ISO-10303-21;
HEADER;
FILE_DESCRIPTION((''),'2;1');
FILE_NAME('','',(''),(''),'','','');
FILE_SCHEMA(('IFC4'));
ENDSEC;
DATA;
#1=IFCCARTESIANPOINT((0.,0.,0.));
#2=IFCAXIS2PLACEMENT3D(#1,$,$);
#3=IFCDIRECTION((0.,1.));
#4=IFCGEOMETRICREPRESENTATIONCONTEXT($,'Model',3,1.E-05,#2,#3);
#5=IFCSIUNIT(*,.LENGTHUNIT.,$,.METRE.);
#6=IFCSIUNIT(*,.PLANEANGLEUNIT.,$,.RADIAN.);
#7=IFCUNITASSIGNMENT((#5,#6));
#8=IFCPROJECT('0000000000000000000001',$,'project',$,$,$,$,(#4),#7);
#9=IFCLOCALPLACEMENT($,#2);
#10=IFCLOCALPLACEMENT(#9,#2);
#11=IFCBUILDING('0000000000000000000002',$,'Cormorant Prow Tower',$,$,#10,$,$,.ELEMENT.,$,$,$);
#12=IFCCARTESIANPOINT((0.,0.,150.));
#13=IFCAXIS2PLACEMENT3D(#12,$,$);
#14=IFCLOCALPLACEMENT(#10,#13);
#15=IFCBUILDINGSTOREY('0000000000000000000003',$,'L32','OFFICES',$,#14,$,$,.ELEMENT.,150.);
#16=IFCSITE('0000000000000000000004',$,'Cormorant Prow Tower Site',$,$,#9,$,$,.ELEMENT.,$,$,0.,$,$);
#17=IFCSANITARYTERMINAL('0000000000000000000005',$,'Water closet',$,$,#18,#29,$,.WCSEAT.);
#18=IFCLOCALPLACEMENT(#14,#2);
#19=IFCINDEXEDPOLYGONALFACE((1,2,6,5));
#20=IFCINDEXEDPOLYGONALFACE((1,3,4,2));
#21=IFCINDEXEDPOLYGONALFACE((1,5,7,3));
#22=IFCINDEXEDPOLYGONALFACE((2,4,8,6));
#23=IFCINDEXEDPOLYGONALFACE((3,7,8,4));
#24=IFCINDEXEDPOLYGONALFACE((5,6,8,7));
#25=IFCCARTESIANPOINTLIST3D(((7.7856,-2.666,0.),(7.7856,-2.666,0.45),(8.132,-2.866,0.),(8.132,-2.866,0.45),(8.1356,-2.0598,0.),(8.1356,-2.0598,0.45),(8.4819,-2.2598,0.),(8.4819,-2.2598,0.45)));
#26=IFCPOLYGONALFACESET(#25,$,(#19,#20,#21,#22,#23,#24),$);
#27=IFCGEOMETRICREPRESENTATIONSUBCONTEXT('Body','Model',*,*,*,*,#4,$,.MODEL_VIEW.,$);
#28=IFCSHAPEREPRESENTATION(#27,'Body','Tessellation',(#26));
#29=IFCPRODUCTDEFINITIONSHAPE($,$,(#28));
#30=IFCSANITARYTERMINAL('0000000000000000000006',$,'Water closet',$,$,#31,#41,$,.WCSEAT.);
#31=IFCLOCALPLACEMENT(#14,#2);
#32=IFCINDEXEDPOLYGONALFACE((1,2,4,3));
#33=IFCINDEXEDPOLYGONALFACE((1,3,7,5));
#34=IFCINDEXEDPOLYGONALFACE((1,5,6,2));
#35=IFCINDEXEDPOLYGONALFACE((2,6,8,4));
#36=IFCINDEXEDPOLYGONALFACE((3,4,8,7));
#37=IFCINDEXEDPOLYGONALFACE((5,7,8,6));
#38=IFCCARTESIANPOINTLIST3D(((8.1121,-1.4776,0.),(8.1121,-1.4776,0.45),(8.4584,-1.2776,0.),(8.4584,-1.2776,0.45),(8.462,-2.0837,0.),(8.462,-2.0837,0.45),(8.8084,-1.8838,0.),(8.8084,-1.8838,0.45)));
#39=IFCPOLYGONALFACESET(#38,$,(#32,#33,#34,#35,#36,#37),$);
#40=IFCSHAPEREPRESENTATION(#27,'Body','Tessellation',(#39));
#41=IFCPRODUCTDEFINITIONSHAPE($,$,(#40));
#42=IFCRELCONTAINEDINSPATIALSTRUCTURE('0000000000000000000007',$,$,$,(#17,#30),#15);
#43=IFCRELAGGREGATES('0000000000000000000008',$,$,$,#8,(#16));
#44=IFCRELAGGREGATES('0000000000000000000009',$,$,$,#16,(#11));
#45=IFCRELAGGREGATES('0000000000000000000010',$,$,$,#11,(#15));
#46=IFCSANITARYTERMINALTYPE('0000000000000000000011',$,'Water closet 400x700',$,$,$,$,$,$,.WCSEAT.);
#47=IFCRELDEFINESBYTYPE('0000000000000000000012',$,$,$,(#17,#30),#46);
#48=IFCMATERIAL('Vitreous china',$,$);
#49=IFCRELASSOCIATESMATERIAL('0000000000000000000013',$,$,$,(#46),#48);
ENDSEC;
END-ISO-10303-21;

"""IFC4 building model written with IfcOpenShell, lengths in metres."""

from ifc_helpers import new_model, si_unit, direction, frame, origin, origin_2d, place, context, subcontext, project, spatial, rectangle, extrude, material, type_object, element, save


model = new_model("IFC4")

# Units and contexts
model_context = context("Model", 3, precision=1e-05, world=origin(), true_north=direction((0.0, 1.0)))
body_context = subcontext(model_context, "Body", "Model", "MODEL_VIEW")
ifc_project = project(units=[si_unit("LENGTHUNIT", "METRE"), si_unit("PLANEANGLEUNIT", "RADIAN")], contexts=[model_context])

# Site, building, storey
site_placement = place(None, origin())
site = spatial("IfcSite", under=ifc_project, at=site_placement, Name="Cormorant Prow Tower Site", CompositionType="ELEMENT", RefElevation=0.0)
building_placement = place(site_placement, origin())
building = spatial("IfcBuilding", under=site, at=building_placement, Name="Cormorant Prow Tower", CompositionType="ELEMENT")
storey_placement = place(building_placement, frame((0.0, 0.0, 150.0)))
storey = spatial("IfcBuildingStorey", under=building, at=storey_placement, Name="L32", Description="OFFICES", CompositionType="ELEMENT", Elevation=150.0)

# Sanitary terminals
ifc_material_1 = material(Name="Vitreous china")
sanitary_terminal_type_1 = type_object("IfcSanitaryTerminalType", Name="Water closet 400x700", PredefinedType="WCSEAT", material=ifc_material_1)
for number, where, z_axis, x_axis, name in (
    (1, (8.1338, -2.4629, 0.0), (0.0, 0.0, 1.0), (0.866025, -0.5, 0.0), "Water closet"),
    (2, (8.4602, -1.6807, 0.0), (0.0, 0.0, 1.0), (-0.866025, -0.5, 0.0), "Water closet"),
):
    element("IfcSanitaryTerminal", number, at=place(storey_placement, frame(where, z_axis=z_axis, x_axis=x_axis)), inside=storey, type_object=sanitary_terminal_type_1, Name=name, PredefinedType="WCSEAT", context=body_context, shape_type="SweptSolid", body=[
        extrude(rectangle(XDim=0.3999, YDim=0.7, at=origin_2d()), origin(), (0.0, 0.0, 1.0), 0.45),
    ])

save(model, "model.ifc")
